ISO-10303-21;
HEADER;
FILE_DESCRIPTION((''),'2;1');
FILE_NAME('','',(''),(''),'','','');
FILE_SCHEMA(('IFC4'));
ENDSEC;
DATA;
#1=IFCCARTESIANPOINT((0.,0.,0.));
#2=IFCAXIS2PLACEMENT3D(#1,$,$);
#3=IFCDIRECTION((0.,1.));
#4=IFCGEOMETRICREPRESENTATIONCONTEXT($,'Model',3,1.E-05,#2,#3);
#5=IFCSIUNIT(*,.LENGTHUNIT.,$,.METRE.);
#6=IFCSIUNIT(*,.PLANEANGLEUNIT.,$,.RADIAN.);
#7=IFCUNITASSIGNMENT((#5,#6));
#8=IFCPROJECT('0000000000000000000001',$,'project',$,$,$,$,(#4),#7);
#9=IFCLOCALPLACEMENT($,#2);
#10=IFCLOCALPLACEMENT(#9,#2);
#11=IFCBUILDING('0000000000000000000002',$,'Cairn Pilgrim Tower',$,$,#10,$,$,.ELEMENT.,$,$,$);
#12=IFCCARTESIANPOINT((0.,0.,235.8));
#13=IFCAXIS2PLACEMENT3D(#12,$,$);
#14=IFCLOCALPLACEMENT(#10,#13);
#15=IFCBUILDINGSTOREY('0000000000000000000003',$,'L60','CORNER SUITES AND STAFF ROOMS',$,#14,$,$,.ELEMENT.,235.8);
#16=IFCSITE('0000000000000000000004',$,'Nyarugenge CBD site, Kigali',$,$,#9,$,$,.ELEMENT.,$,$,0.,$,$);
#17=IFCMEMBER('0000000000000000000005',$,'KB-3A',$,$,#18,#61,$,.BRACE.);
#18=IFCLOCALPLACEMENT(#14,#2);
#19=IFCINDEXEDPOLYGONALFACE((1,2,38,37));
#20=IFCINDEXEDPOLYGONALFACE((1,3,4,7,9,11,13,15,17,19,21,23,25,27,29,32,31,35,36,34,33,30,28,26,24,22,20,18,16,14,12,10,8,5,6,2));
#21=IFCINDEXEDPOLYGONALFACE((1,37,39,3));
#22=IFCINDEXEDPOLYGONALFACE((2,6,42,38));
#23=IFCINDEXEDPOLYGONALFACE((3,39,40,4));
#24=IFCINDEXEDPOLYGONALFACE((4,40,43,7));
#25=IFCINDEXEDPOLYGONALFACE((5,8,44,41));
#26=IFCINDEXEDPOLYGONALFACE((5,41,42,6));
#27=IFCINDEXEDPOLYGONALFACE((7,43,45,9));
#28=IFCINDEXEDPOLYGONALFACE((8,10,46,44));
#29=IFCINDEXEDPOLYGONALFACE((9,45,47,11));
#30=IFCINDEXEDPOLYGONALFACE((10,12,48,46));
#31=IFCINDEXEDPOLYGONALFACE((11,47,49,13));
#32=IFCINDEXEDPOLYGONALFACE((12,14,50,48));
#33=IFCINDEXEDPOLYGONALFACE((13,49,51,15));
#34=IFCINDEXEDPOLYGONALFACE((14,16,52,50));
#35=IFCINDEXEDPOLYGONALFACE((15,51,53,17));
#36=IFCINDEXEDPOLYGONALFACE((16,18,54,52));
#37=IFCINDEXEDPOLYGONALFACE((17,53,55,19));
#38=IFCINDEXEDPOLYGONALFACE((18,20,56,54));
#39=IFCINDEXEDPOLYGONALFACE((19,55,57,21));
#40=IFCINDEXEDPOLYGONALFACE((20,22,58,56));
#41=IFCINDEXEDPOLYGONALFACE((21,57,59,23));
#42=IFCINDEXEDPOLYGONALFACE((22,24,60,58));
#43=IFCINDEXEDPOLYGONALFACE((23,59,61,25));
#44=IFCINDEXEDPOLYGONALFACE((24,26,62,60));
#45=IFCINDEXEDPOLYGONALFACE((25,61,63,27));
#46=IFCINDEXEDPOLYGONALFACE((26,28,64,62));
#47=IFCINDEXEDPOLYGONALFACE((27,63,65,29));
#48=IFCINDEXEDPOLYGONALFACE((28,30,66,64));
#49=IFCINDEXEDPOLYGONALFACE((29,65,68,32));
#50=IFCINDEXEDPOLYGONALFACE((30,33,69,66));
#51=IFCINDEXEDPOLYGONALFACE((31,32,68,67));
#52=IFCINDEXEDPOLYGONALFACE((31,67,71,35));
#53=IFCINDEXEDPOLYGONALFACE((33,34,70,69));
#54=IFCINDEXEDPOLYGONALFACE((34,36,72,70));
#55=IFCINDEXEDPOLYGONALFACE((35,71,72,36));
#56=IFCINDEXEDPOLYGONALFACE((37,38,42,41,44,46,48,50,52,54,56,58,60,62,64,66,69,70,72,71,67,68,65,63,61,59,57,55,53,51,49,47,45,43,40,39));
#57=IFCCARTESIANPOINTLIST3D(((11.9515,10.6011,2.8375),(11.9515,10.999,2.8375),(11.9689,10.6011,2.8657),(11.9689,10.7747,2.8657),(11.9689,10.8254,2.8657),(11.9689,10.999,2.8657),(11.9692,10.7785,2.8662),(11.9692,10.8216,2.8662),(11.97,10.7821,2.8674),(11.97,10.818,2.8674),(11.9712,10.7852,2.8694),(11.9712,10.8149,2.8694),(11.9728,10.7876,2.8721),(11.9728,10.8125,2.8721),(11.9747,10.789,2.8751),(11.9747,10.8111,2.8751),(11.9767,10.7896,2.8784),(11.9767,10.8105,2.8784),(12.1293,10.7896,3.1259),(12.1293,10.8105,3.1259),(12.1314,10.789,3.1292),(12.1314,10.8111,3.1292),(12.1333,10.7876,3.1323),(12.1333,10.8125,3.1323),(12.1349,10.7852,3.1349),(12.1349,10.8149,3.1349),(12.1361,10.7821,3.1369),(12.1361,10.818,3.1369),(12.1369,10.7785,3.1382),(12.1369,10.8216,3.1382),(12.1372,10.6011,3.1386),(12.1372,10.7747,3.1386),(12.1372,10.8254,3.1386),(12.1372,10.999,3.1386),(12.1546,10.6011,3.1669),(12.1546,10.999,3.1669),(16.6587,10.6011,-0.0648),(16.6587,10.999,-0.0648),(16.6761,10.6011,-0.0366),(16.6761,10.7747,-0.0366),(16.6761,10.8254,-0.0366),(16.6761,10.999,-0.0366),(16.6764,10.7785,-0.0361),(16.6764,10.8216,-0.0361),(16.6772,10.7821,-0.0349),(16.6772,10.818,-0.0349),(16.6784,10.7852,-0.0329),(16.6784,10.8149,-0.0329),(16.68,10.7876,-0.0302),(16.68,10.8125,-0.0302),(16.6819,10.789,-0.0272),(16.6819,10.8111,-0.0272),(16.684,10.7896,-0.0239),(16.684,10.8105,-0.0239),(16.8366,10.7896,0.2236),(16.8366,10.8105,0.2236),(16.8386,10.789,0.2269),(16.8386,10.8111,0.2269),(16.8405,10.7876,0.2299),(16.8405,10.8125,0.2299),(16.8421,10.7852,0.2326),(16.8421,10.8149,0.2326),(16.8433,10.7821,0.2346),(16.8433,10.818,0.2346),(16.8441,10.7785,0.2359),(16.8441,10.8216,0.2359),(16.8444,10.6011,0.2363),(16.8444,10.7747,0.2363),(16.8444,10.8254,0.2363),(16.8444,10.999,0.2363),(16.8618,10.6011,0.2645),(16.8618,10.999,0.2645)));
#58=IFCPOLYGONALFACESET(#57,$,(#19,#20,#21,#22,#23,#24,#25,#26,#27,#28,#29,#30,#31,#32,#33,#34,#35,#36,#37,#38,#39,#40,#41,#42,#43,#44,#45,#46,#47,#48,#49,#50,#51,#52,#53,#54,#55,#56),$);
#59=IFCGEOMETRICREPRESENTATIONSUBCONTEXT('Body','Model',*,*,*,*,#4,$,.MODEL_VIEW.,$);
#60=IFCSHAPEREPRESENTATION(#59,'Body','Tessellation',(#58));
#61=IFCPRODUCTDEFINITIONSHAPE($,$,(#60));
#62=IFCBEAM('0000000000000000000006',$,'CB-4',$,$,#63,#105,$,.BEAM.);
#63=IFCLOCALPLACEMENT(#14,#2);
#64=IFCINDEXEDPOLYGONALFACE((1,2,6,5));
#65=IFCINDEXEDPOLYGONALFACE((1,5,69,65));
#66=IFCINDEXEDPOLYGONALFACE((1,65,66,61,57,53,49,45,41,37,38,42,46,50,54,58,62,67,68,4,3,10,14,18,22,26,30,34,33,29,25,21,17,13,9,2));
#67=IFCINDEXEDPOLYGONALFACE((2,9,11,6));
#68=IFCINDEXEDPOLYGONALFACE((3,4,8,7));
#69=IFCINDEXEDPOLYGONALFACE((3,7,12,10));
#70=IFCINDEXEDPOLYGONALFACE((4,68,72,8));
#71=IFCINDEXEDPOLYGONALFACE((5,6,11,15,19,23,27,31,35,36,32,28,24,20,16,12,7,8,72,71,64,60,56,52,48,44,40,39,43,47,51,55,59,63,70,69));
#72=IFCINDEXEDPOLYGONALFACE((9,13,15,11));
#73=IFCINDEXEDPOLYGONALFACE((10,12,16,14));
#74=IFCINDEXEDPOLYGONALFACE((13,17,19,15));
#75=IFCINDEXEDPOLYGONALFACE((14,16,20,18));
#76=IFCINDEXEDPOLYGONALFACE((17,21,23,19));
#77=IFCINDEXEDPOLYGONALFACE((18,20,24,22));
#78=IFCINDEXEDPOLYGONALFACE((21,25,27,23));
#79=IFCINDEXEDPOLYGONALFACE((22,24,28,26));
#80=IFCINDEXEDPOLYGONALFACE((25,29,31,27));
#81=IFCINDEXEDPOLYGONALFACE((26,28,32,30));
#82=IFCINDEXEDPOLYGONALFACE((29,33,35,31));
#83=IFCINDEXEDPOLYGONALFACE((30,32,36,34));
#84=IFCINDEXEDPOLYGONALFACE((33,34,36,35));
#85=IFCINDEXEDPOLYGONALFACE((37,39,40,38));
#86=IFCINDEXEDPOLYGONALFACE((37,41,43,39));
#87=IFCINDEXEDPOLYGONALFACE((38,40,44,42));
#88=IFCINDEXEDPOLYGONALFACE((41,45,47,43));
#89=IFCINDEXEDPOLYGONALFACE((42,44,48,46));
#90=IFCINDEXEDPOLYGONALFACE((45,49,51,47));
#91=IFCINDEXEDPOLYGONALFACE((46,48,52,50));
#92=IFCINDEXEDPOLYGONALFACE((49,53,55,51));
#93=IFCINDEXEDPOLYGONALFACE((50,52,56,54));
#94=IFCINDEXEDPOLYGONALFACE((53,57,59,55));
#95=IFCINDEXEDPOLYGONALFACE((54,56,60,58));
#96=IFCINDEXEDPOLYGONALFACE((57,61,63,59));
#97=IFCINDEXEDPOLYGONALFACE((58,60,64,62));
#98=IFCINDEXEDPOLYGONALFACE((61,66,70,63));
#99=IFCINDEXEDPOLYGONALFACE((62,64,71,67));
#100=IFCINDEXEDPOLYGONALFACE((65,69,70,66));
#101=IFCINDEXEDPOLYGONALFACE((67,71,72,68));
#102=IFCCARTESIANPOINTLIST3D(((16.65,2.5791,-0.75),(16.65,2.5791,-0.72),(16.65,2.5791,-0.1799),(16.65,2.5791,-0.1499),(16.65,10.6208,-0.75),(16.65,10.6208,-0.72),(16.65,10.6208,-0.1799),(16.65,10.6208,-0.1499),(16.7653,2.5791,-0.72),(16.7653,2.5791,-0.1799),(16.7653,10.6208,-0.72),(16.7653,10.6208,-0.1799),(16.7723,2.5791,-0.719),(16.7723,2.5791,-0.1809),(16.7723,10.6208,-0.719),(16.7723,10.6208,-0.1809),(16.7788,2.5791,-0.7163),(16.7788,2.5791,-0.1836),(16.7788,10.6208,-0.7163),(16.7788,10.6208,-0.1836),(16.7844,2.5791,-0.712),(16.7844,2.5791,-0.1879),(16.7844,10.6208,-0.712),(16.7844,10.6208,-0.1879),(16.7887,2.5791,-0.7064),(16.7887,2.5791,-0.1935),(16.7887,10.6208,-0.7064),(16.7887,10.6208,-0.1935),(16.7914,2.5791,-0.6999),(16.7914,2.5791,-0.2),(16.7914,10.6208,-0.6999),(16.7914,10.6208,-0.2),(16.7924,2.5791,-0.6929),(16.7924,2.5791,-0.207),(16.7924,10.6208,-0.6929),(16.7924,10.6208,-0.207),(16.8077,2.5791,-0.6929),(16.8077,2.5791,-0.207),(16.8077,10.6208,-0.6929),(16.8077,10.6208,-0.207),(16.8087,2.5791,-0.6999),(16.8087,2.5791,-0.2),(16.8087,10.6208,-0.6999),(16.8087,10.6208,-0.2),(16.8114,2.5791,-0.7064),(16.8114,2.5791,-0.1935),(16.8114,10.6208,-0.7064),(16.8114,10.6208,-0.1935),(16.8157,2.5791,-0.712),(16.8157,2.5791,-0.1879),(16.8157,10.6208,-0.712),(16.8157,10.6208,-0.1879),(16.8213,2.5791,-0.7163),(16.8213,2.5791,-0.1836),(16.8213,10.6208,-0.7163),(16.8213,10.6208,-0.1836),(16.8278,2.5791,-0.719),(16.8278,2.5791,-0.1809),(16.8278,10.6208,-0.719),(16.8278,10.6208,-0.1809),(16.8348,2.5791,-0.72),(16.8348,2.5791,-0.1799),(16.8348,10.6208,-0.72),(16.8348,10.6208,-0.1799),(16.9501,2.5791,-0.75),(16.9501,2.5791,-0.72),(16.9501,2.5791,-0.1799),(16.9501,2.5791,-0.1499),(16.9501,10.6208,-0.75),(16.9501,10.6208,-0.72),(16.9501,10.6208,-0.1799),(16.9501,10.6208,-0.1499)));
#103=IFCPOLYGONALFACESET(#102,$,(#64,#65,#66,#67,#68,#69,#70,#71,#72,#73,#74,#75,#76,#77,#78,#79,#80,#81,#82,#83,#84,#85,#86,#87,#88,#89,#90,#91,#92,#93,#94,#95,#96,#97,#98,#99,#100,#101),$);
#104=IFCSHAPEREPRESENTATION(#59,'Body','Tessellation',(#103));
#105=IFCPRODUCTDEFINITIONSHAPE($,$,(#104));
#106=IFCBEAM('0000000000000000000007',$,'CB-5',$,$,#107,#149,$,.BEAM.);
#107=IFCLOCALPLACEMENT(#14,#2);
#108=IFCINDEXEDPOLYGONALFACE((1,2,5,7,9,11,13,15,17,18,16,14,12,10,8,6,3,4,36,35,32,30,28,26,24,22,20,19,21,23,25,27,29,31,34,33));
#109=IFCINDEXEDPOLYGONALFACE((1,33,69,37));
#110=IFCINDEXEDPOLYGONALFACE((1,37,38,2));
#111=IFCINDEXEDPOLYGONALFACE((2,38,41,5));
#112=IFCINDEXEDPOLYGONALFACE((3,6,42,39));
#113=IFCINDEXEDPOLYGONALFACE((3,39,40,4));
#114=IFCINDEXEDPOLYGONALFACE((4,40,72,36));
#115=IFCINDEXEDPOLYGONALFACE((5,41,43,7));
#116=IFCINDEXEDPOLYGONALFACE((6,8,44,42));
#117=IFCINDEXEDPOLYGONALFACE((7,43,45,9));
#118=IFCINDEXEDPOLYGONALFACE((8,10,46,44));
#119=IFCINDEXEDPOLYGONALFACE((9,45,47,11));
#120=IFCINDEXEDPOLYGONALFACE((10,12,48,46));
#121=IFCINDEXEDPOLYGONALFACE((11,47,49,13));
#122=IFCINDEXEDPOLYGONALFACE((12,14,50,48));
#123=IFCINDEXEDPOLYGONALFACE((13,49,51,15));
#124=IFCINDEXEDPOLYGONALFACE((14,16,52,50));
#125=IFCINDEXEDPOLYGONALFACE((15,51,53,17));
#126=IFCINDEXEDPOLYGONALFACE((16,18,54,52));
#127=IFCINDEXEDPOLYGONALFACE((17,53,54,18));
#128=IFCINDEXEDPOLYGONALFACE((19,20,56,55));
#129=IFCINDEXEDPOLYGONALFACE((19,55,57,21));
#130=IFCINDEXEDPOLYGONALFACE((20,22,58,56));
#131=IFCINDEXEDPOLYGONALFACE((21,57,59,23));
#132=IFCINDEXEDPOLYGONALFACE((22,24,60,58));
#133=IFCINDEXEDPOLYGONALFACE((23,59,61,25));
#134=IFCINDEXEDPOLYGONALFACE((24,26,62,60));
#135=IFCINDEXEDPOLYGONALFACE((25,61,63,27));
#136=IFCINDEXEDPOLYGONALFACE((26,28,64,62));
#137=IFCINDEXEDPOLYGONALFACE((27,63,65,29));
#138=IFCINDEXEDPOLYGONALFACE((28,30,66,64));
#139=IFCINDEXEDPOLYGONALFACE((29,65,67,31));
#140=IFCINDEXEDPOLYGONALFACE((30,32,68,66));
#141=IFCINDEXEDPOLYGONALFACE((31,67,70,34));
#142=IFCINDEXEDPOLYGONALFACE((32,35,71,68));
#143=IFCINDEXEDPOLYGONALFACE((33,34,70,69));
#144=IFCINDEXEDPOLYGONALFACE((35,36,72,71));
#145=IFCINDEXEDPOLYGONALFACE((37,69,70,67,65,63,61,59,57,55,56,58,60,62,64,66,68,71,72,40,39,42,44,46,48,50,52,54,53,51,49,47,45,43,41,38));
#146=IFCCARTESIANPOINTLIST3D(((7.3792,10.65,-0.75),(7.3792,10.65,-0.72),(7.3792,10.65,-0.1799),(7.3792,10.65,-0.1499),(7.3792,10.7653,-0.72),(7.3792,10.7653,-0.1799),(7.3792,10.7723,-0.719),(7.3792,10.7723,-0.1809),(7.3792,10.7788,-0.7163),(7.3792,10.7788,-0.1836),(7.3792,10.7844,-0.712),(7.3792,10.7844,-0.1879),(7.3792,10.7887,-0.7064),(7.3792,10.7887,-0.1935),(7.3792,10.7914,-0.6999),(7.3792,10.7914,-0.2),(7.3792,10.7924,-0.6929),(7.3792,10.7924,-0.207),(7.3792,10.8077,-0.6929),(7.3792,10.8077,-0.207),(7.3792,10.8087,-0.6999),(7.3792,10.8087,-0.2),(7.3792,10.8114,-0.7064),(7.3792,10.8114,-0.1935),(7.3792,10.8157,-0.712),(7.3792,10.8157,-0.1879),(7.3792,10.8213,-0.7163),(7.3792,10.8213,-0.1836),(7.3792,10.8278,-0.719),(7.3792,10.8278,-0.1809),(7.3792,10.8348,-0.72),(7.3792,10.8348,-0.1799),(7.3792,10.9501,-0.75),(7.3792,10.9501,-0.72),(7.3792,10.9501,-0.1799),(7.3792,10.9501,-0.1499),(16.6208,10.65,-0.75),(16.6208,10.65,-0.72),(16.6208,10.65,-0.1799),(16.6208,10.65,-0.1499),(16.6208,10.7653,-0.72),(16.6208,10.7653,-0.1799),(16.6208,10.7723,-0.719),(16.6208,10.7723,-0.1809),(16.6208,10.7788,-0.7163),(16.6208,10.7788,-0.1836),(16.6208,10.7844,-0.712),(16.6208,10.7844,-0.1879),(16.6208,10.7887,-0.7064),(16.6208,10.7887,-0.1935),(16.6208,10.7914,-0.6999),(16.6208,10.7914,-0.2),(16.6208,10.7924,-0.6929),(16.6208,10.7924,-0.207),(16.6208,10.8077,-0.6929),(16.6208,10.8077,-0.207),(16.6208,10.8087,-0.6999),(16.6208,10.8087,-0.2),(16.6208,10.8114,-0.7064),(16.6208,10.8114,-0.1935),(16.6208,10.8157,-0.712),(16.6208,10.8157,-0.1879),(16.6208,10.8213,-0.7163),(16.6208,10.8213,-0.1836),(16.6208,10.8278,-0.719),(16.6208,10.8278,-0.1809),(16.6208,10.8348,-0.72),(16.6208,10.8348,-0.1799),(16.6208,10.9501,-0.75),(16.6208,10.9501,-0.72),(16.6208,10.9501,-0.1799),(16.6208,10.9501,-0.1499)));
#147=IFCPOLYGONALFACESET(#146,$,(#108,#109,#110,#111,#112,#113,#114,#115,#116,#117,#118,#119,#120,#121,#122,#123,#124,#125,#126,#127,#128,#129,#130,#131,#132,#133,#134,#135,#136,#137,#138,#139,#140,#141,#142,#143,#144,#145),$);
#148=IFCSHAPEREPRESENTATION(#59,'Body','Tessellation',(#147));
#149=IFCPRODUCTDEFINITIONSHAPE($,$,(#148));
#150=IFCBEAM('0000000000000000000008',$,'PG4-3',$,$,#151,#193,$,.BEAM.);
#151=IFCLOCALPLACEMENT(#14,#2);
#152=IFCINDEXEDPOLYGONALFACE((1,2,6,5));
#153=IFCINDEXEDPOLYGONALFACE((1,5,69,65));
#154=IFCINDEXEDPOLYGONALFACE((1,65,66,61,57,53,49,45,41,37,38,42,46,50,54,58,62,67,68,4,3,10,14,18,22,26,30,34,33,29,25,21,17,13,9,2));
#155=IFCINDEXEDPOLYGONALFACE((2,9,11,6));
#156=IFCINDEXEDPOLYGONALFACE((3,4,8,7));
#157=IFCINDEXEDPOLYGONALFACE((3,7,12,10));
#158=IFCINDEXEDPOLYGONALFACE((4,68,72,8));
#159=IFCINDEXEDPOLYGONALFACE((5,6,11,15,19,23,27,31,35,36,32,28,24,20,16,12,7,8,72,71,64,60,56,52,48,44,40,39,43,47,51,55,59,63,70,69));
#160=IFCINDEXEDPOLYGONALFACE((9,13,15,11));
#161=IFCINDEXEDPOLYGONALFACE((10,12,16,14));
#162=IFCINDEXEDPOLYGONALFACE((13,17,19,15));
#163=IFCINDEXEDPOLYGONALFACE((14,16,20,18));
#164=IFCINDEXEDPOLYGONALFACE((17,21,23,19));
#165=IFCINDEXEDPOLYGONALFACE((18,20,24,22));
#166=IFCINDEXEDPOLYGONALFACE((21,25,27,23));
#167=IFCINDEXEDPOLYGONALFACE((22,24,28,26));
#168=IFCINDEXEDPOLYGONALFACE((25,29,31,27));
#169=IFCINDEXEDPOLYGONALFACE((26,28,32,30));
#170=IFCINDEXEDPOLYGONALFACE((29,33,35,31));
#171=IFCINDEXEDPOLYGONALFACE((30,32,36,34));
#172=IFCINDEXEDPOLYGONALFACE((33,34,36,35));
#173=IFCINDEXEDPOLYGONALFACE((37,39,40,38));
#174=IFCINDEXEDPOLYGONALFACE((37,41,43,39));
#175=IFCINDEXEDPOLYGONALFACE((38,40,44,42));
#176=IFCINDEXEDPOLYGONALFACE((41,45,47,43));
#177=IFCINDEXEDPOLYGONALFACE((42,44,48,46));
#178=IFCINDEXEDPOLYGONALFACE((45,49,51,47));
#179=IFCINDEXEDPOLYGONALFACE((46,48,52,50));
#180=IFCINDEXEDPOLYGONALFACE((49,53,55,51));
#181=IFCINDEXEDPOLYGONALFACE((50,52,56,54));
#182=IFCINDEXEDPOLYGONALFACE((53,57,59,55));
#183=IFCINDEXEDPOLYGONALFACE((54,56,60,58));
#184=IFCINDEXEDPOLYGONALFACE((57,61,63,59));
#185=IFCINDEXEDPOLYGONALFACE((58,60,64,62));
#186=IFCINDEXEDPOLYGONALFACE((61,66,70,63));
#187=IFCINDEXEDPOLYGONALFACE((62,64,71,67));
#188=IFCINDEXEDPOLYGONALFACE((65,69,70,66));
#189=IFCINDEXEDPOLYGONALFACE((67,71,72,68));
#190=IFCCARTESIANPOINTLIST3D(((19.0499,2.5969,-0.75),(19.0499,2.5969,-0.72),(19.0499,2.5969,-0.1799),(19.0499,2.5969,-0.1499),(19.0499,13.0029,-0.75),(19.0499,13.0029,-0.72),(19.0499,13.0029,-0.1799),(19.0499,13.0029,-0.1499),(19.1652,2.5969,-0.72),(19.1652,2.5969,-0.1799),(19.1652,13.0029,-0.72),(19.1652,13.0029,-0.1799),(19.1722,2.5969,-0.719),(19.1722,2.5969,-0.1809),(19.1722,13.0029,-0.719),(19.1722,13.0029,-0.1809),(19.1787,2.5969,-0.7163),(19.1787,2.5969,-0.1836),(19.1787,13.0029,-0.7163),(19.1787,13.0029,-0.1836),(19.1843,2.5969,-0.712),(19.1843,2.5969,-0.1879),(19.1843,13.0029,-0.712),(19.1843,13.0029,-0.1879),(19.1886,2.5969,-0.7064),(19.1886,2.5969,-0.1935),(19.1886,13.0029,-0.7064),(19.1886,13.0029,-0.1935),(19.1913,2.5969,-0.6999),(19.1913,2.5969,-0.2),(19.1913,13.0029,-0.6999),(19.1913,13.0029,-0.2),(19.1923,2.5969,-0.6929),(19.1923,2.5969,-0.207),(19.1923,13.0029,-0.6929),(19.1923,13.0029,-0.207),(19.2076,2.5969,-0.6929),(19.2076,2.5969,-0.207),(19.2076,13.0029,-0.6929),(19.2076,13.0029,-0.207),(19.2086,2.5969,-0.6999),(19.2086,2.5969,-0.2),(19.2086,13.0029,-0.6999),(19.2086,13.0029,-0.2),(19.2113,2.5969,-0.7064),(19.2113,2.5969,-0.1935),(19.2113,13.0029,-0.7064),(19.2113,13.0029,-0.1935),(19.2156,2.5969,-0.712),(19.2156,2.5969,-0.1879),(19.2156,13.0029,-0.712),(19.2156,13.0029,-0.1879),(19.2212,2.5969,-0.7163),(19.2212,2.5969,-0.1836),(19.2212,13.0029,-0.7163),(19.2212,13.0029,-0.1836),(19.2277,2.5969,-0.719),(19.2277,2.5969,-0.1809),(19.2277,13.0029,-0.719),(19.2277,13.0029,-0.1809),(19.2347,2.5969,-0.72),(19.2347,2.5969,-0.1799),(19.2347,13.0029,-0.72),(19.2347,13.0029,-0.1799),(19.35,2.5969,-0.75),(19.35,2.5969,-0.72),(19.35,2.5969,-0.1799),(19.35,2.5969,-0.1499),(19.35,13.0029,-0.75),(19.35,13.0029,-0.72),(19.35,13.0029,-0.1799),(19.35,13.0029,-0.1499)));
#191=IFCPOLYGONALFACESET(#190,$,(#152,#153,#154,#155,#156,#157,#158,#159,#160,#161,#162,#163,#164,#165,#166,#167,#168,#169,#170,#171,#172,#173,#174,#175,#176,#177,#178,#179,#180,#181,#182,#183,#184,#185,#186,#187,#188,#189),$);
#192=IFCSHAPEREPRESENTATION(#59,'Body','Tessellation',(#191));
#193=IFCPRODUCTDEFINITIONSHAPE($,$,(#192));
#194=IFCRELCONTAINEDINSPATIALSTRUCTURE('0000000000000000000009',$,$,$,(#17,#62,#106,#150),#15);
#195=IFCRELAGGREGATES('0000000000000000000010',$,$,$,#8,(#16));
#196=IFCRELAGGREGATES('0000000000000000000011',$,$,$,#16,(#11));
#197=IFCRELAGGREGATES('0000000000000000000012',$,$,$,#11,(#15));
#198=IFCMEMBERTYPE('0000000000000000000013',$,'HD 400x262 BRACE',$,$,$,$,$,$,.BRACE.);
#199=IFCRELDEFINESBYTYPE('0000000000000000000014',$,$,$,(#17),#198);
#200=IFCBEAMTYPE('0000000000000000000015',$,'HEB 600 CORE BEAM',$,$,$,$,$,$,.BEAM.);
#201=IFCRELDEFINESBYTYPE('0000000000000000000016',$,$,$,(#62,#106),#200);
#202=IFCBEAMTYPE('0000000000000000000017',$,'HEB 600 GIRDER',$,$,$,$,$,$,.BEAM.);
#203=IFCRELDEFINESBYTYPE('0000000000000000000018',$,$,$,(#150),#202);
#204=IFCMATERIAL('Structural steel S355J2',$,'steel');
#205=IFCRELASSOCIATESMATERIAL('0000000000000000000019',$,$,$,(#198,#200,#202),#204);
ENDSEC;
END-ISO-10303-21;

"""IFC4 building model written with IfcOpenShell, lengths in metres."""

from ifc_helpers import new_model, si_unit, direction, frame, origin, origin_2d, place, context, subcontext, project, spatial, i_section, extrude, material, material_profile, profile_set, type_object, element, save


model = new_model("IFC4")

# Units and contexts
model_context = context("Model", 3, precision=1e-05, world=origin(), true_north=direction((0.0, 1.0)))
body_context = subcontext(model_context, "Body", "Model", "MODEL_VIEW")
ifc_project = project(units=[si_unit("LENGTHUNIT", "METRE"), si_unit("PLANEANGLEUNIT", "RADIAN")], contexts=[model_context])

# Site, building, storey
site_placement = place(None, origin())
site = spatial("IfcSite", under=ifc_project, at=site_placement, Name="Nyarugenge CBD site, Kigali", CompositionType="ELEMENT", RefElevation=0.0)
building_placement = place(site_placement, origin())
building = spatial("IfcBuilding", under=site, at=building_placement, Name="Cairn Pilgrim Tower", CompositionType="ELEMENT")
storey_placement = place(building_placement, frame((0.0, 0.0, 235.8)))
storey = spatial("IfcBuildingStorey", under=building, at=storey_placement, Name="L60", Description="CORNER SUITES AND STAFF ROOMS", CompositionType="ELEMENT", Elevation=235.8)

# Shared definitions
ifc_material_1 = material(Name="Structural steel S355J2", Category="steel")

# Member
ifc_material_profile_1 = material_profile(ifc_material_1, i_section(OverallWidth=0.3979, OverallDepth=0.387, WebThickness=0.021, FlangeThickness=0.0332, FilletRadius=0.0149, at=origin_2d()), Name="HD 400x262")
ifc_profile_set_1 = profile_set([ifc_material_profile_1], Name="Structural steel S355J2")
member_type = type_object("IfcMemberType", Name="HD 400x262 BRACE", PredefinedType="BRACE", material=ifc_profile_set_1)
member_1_placement = place(storey_placement, frame((16.7603, 10.8, 0.0999), z_axis=(-0.851209, 0.0, 0.524826), x_axis=(0.0, -1.0, 0.0)))
element("IfcMember", 1, at=member_1_placement, inside=storey, type_object=member_type, Name="KB-3A", PredefinedType="BRACE", context=body_context, shape_type="SweptSolid", body=[
    extrude(i_section(OverallWidth=0.3979, OverallDepth=0.387, WebThickness=0.021, FlangeThickness=0.0332, FilletRadius=0.0149, at=origin_2d()), origin(), (0.0, 0.0, 1.0), 5.53),
])

# Beams
ifc_material_profile_2 = material_profile(ifc_material_1, i_section(OverallWidth=0.3, OverallDepth=0.6001, WebThickness=0.0154, FlangeThickness=0.03, FilletRadius=0.0271, at=origin_2d()), Name="HEB 600")
ifc_profile_set_2 = profile_set([ifc_material_profile_2], Name="Structural steel S355J2")
beam_type_1 = type_object("IfcBeamType", Name="HEB 600 CORE BEAM", PredefinedType="BEAM", material=ifc_profile_set_2)
beam_1_placement = place(storey_placement, frame((16.8, 2.5791, -0.45), z_axis=(0.0, 1.0, 0.0), x_axis=(-1.0, 0.0, 0.0)))
element("IfcBeam", 2, at=beam_1_placement, inside=storey, type_object=beam_type_1, Name="CB-4", PredefinedType="BEAM", context=body_context, shape_type="SweptSolid", body=[
    extrude(i_section(OverallWidth=0.3, OverallDepth=0.6001, WebThickness=0.0154, FlangeThickness=0.03, FilletRadius=0.0271, at=origin_2d()), origin(), (0.0, 0.0, 1.0), 8.0417),
])
beam_2_placement = place(storey_placement, frame((16.6208, 10.8, -0.45), z_axis=(-1.0, 0.0, 0.0), x_axis=(0.0, -1.0, 0.0)))
element("IfcBeam", 3, at=beam_2_placement, inside=storey, type_object=beam_type_1, Name="CB-5", PredefinedType="BEAM", context=body_context, shape_type="SweptSolid", body=[
    extrude(i_section(OverallWidth=0.3, OverallDepth=0.6001, WebThickness=0.0154, FlangeThickness=0.03, FilletRadius=0.0271, at=origin_2d()), origin(), (0.0, 0.0, 1.0), 9.2417),
])
ifc_material_profile_3 = material_profile(ifc_material_1, i_section(OverallWidth=0.3, OverallDepth=0.6001, WebThickness=0.0154, FlangeThickness=0.03, FilletRadius=0.0271, at=origin_2d()), Name="HEB 600")
ifc_profile_set_3 = profile_set([ifc_material_profile_3], Name="Structural steel S355J2")
beam_type_2 = type_object("IfcBeamType", Name="HEB 600 GIRDER", PredefinedType="BEAM", material=ifc_profile_set_3)
beam_3_placement = place(storey_placement, frame((19.2, 2.5969, -0.45), z_axis=(0.0, 1.0, 0.0), x_axis=(-1.0, 0.0, 0.0)))
element("IfcBeam", 4, at=beam_3_placement, inside=storey, type_object=beam_type_2, Name="PG4-3", PredefinedType="BEAM", context=body_context, shape_type="SweptSolid", body=[
    extrude(i_section(OverallWidth=0.3, OverallDepth=0.6001, WebThickness=0.0154, FlangeThickness=0.03, FilletRadius=0.0271, at=origin_2d()), origin(), (0.0, 0.0, 1.0), 10.406),
])

save(model, "model.ifc")
